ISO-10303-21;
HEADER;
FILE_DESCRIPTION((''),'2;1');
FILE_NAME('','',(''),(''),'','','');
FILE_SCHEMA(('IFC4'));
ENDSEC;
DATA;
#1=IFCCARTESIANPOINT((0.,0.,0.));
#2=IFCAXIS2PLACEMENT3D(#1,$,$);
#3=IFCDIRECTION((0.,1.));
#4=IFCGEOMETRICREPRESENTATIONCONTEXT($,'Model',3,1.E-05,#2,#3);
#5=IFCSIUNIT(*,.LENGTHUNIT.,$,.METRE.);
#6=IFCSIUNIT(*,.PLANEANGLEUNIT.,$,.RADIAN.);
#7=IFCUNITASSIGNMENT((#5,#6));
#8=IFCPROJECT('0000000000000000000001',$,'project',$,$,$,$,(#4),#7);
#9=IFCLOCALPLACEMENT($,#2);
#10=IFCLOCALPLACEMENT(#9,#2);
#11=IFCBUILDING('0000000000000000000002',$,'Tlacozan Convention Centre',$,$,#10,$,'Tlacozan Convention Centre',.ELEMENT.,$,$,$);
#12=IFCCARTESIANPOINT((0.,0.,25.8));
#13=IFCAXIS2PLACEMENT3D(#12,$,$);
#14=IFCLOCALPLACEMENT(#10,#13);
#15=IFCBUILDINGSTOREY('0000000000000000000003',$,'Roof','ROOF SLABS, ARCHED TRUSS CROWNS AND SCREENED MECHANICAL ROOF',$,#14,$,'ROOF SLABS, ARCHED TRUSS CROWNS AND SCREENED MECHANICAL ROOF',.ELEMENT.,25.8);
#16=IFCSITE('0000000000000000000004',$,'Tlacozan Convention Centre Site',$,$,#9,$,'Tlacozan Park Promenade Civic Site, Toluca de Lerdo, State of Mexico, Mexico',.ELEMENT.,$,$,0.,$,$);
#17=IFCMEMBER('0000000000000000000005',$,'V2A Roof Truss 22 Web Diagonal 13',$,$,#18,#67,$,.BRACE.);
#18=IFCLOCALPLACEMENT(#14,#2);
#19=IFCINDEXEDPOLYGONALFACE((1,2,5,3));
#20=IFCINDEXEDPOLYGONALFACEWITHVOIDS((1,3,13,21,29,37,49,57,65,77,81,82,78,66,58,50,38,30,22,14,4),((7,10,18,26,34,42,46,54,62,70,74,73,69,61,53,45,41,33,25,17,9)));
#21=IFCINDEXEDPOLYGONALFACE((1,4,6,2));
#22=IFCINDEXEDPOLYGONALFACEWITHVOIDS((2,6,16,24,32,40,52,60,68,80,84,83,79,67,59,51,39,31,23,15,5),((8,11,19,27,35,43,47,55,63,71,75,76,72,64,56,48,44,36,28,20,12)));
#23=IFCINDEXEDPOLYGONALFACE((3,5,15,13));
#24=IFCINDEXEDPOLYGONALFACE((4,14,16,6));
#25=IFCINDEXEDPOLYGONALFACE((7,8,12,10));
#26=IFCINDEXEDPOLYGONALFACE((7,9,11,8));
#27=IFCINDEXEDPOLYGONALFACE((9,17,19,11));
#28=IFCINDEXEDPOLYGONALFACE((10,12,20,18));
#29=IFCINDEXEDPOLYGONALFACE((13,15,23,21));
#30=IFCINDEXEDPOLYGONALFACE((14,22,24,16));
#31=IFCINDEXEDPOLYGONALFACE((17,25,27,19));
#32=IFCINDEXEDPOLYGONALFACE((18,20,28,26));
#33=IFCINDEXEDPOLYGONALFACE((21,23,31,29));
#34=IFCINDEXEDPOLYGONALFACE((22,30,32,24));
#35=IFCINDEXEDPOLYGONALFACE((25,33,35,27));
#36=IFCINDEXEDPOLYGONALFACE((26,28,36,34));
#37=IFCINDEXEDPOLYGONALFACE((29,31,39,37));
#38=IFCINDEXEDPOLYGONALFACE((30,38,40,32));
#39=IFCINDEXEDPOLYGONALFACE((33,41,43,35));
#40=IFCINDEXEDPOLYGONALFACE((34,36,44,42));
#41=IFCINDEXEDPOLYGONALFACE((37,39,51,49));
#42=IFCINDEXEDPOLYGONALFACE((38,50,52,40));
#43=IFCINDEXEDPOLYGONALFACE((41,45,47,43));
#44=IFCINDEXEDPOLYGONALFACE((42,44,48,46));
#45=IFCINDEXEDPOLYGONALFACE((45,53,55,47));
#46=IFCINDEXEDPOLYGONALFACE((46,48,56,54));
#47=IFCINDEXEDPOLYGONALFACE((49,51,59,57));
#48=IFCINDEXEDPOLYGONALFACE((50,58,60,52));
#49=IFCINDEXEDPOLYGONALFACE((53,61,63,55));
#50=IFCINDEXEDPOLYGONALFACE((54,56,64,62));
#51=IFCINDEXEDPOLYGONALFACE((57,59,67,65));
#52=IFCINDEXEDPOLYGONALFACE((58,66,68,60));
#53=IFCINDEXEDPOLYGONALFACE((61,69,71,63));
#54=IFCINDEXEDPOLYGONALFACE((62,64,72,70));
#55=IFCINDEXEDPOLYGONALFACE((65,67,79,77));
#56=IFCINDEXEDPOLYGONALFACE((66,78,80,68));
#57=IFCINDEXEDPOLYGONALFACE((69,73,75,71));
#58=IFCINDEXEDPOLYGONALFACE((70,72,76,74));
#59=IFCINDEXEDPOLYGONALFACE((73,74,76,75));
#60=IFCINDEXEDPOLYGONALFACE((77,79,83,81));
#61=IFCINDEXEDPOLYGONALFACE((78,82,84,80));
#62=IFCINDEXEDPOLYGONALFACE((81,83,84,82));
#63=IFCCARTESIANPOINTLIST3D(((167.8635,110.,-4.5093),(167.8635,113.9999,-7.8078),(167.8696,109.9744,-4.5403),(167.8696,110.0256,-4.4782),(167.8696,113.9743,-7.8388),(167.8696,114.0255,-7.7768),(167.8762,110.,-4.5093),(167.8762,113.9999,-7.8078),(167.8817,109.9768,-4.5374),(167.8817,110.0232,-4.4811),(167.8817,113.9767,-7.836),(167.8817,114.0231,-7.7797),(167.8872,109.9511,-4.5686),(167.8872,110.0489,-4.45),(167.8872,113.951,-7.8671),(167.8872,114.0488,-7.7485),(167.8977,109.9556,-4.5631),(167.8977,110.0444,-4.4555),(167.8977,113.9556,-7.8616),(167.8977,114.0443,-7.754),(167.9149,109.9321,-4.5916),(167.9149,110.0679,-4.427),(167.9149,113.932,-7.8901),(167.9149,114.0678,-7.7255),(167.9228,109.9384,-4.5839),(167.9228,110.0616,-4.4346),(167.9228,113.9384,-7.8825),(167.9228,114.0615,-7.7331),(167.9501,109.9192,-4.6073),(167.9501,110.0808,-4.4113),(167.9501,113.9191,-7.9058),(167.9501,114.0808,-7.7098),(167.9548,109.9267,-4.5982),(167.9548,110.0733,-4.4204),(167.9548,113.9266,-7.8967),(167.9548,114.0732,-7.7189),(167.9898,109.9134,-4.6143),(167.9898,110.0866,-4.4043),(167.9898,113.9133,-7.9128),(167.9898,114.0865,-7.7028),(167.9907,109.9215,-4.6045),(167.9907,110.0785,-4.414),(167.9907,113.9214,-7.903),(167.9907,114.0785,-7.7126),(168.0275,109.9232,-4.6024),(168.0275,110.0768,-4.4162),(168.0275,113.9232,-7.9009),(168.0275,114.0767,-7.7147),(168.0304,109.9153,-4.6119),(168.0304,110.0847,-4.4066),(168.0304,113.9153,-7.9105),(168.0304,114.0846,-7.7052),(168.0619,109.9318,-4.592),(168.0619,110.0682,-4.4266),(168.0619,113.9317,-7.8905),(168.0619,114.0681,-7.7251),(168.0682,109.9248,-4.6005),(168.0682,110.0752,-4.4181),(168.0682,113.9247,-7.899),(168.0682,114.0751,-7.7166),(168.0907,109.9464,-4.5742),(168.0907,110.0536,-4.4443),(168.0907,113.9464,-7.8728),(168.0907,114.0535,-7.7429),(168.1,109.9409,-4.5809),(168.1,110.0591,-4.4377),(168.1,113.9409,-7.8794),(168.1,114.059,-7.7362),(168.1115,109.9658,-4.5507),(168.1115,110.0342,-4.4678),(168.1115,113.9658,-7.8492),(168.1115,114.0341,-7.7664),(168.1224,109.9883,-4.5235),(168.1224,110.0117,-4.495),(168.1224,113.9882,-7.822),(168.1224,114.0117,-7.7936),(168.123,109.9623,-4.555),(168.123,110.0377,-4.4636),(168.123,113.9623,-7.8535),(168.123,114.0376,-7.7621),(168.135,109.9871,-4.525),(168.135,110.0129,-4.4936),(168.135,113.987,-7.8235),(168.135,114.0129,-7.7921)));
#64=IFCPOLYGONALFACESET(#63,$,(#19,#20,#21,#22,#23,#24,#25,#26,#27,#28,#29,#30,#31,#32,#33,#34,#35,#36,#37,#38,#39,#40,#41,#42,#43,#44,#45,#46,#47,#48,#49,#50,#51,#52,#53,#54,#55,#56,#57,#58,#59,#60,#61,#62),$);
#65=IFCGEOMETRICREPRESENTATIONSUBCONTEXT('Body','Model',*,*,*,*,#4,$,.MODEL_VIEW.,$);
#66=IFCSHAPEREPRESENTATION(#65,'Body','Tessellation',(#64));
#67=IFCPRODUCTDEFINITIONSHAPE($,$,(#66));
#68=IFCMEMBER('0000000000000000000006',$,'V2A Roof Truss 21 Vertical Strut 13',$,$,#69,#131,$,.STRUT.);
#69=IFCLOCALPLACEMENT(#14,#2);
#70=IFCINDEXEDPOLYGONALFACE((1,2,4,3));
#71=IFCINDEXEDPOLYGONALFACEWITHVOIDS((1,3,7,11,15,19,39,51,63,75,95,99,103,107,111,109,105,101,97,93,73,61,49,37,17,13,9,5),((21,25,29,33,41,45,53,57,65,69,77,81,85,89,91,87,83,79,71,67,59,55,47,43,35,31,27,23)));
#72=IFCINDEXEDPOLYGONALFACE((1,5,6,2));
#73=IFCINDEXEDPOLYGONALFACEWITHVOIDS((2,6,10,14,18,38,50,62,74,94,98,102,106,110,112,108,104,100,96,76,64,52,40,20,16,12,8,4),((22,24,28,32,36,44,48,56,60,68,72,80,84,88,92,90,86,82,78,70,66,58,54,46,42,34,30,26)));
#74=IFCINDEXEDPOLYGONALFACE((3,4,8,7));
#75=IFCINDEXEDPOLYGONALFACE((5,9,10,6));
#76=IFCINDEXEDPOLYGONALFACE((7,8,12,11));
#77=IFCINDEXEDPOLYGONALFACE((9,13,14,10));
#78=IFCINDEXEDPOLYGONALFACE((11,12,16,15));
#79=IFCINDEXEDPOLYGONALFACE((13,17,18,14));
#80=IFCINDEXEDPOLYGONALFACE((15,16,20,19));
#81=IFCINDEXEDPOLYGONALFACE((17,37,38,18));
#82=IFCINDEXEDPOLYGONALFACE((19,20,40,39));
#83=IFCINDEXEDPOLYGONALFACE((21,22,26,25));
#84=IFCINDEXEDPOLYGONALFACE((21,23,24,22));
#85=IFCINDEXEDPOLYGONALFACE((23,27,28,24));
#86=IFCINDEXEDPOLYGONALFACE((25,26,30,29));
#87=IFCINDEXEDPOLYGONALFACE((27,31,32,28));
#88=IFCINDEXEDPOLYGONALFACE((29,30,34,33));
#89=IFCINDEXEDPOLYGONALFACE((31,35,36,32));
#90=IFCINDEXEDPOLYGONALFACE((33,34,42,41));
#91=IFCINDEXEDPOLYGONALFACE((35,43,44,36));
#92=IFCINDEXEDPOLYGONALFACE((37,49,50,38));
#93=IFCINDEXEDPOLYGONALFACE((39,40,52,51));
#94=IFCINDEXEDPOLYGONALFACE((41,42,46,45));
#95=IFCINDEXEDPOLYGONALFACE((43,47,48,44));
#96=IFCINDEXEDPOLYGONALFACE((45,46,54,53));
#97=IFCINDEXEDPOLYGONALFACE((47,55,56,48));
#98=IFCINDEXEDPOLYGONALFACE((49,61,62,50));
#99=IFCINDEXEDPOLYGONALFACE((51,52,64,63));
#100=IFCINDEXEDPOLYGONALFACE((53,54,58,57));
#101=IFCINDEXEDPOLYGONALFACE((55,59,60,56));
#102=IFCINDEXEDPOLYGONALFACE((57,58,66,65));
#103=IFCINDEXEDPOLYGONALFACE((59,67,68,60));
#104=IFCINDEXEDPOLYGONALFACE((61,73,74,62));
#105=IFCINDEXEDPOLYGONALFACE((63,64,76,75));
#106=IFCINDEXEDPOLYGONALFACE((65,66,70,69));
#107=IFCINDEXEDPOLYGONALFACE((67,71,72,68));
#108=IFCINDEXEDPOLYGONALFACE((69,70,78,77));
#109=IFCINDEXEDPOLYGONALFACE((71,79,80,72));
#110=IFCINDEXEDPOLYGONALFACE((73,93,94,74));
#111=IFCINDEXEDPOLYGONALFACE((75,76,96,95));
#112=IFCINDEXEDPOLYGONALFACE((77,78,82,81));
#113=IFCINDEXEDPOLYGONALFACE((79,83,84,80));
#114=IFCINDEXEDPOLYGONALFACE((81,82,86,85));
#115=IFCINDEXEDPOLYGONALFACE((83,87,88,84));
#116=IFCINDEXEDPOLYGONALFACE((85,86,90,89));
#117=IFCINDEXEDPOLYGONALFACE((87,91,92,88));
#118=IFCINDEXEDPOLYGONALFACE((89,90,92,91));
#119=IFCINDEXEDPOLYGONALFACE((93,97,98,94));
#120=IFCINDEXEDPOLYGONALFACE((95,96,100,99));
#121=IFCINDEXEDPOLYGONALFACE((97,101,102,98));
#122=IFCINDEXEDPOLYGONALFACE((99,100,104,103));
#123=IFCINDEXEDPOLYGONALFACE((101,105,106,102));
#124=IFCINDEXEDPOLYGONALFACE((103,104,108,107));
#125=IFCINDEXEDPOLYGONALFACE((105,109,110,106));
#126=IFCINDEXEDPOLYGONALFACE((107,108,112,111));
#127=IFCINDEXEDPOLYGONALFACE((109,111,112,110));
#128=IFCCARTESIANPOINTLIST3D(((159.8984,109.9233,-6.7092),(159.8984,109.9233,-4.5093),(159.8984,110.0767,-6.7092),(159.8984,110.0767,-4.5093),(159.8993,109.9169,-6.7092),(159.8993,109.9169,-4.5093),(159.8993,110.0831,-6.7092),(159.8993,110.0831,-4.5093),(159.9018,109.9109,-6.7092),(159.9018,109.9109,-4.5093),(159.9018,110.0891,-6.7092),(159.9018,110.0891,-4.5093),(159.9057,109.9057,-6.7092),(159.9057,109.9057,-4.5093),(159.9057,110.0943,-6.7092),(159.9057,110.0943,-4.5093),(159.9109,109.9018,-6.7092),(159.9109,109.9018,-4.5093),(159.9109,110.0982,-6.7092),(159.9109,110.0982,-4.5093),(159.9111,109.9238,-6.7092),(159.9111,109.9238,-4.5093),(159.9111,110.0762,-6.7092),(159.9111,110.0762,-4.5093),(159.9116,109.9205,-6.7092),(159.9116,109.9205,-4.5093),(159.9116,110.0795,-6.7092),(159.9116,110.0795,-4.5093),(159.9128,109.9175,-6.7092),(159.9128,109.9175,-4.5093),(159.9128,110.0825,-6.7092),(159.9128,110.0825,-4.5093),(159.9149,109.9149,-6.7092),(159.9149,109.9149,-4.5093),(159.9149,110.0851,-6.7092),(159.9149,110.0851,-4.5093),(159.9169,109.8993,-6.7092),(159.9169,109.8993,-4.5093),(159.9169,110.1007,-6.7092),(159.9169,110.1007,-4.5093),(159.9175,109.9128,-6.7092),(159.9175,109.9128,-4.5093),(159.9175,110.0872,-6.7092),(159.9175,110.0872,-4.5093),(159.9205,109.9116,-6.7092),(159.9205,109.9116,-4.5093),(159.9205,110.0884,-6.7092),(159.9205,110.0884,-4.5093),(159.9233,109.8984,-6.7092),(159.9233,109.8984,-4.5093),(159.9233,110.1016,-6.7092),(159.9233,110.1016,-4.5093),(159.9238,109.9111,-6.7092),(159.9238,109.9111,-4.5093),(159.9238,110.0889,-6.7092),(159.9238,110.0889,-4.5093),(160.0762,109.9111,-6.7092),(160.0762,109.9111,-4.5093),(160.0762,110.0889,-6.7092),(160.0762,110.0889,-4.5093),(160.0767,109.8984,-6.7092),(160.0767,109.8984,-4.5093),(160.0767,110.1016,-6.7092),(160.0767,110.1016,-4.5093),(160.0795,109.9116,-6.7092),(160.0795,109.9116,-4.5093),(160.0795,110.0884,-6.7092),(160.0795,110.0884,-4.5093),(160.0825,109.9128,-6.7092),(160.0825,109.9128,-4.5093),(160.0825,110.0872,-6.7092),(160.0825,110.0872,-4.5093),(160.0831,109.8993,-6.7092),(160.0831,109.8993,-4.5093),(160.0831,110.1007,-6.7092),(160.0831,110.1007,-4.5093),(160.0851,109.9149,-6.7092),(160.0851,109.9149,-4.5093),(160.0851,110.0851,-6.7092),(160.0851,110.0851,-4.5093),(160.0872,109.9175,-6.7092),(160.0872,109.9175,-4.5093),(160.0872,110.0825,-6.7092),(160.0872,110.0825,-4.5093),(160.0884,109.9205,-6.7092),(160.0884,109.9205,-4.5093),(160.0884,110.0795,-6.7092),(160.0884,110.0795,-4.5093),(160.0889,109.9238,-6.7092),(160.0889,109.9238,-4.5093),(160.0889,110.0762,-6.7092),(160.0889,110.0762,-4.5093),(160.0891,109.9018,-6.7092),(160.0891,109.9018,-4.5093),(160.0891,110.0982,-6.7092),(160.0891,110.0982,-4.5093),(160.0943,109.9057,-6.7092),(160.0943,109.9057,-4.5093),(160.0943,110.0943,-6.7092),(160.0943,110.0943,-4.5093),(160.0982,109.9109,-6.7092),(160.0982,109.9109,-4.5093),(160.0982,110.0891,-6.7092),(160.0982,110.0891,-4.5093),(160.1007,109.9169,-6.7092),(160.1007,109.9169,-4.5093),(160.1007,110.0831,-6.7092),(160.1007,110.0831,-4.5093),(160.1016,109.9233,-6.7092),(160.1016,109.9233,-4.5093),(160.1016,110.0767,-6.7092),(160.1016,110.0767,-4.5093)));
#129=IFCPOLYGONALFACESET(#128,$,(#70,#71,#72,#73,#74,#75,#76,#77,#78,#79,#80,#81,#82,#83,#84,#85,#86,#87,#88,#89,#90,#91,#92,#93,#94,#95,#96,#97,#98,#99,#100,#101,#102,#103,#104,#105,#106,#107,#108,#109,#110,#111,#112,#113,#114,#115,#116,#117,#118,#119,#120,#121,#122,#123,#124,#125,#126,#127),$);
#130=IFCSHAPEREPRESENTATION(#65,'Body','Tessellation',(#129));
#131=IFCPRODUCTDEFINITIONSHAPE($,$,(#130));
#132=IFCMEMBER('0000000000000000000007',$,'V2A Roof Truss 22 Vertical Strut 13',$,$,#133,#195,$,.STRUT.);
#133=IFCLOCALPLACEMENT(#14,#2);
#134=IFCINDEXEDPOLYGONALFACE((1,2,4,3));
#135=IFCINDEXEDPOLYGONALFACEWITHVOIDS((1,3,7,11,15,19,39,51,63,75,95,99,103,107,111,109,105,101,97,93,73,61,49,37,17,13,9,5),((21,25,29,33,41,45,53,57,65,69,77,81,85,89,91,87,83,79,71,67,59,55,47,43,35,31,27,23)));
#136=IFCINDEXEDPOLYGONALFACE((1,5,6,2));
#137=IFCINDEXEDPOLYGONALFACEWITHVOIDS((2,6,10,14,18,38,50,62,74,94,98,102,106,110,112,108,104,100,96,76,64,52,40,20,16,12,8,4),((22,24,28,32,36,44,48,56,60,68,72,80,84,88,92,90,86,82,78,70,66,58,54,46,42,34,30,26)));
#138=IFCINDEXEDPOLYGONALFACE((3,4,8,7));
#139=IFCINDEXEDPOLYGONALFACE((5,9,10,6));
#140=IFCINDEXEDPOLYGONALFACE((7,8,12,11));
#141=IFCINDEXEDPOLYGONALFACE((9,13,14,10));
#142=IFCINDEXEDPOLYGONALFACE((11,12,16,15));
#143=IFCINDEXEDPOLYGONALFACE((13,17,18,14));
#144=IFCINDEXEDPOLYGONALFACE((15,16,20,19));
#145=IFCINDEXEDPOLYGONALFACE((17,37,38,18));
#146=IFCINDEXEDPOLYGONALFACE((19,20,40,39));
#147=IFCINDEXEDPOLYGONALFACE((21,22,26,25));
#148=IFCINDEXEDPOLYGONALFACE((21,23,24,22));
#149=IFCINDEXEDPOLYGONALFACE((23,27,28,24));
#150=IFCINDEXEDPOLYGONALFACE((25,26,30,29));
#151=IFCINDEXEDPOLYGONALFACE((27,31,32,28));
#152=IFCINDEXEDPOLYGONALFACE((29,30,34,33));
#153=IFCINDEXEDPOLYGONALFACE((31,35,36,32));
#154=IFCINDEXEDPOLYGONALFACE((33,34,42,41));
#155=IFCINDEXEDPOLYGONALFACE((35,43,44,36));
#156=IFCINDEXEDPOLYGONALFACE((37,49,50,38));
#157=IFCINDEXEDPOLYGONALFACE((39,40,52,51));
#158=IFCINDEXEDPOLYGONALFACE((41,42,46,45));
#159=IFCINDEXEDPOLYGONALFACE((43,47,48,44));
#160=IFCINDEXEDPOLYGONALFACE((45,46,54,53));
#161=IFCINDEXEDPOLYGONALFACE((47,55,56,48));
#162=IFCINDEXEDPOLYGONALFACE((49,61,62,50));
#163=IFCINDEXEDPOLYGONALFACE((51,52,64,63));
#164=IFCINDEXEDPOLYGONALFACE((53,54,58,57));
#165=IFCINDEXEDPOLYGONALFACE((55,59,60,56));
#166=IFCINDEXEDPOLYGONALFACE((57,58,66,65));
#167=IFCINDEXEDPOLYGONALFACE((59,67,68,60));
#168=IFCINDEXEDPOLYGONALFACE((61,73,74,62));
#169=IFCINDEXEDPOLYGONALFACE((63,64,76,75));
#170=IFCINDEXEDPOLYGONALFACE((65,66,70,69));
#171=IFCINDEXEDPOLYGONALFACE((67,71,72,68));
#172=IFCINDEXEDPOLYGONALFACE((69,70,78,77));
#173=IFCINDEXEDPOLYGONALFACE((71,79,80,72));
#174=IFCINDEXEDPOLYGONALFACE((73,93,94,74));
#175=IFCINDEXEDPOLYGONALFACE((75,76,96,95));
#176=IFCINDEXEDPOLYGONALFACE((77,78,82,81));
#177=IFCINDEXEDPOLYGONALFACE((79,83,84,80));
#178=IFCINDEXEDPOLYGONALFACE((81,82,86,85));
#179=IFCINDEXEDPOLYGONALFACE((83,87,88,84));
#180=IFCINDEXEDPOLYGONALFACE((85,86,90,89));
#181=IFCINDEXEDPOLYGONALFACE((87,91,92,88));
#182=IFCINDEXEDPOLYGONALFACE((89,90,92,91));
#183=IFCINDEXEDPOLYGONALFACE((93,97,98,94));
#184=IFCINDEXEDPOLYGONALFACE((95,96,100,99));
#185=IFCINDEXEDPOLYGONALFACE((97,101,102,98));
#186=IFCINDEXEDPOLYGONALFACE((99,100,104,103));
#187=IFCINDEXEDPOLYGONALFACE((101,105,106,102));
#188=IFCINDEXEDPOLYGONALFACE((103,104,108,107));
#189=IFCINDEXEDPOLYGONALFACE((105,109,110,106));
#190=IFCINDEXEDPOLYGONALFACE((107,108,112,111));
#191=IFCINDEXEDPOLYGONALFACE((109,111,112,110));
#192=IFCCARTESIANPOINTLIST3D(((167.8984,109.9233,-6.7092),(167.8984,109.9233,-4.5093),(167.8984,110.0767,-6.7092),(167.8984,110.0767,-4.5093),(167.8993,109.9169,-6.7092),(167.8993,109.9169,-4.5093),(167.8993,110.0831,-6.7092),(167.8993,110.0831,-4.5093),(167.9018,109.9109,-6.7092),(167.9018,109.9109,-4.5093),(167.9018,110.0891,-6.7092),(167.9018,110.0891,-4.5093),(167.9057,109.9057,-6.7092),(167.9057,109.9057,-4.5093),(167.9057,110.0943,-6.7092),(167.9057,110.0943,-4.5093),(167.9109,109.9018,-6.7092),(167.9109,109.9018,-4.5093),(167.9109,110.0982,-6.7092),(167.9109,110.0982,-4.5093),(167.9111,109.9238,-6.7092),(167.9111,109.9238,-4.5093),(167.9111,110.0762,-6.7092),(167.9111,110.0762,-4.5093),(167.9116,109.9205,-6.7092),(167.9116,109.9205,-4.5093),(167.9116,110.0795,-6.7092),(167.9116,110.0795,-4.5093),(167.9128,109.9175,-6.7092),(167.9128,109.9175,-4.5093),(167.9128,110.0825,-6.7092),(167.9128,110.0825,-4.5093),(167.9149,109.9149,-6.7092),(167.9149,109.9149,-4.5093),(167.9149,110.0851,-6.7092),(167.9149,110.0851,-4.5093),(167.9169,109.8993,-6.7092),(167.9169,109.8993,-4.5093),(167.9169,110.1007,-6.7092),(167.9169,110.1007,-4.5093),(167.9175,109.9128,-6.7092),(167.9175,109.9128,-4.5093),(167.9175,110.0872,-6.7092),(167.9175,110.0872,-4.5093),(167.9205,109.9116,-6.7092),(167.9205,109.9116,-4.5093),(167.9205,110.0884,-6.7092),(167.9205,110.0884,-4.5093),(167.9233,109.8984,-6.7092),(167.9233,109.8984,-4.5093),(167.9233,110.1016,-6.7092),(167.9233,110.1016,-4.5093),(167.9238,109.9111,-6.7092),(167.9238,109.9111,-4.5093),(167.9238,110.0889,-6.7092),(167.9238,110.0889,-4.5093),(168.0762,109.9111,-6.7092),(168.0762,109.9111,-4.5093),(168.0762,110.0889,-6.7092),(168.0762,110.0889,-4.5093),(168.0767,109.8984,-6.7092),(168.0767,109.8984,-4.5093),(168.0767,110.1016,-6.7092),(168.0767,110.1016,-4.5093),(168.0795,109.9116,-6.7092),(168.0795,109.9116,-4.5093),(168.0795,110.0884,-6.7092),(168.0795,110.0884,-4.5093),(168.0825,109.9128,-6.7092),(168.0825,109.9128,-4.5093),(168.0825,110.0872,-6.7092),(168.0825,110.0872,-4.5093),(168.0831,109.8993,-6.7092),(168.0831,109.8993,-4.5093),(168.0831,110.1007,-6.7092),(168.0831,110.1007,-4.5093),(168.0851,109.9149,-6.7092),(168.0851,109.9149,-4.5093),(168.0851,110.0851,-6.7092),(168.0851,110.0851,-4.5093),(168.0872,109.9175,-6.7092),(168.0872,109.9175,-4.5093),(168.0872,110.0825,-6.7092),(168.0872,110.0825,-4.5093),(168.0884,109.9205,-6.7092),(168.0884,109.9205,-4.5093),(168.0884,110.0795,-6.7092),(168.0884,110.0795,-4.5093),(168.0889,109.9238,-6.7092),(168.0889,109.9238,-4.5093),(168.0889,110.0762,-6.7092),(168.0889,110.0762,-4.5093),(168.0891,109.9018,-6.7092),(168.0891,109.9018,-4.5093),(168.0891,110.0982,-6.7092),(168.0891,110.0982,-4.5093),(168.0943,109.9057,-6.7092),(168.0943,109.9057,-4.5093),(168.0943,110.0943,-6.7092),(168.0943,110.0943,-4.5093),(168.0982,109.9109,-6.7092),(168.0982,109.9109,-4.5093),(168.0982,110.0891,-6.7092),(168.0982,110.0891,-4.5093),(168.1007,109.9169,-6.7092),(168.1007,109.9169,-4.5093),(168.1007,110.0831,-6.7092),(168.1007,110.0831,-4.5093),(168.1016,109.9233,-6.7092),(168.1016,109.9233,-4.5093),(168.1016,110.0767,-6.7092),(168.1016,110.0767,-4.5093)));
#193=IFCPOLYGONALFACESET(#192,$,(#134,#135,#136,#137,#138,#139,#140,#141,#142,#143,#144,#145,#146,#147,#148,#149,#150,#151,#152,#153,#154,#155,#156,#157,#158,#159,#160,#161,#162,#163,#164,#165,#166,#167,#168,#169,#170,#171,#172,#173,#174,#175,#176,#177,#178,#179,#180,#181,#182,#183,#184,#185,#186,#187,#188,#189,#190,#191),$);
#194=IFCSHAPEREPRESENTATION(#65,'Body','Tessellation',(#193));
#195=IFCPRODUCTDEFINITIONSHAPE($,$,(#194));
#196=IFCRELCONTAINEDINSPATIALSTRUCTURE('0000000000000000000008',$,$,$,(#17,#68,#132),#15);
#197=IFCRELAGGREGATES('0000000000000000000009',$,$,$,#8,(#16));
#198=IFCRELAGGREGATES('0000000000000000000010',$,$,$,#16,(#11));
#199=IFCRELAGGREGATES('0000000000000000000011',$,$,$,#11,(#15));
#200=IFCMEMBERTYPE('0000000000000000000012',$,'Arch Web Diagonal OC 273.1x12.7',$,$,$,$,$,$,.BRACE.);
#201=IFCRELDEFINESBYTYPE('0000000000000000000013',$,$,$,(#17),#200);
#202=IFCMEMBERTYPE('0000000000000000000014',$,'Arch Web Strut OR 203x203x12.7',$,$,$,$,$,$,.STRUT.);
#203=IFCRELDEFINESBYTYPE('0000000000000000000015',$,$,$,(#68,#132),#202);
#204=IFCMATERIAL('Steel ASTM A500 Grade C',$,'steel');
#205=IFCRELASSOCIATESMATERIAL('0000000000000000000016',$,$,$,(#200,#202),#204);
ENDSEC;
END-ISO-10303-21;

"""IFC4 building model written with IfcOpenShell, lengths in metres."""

from ifc_helpers import new_model, si_unit, direction, frame, origin, origin_2d, place, context, subcontext, project, spatial, hollow_rectangle, hollow_circle, extrude, material, material_profile, profile_set, type_object, element, save


model = new_model("IFC4")

# Units and contexts
model_context = context("Model", 3, precision=1e-05, world=origin(), true_north=direction((0.0, 1.0)))
body_context = subcontext(model_context, "Body", "Model", "MODEL_VIEW")
ifc_project = project(units=[si_unit("LENGTHUNIT", "METRE"), si_unit("PLANEANGLEUNIT", "RADIAN")], contexts=[model_context])

# Site, building, storey
site_placement = place(None, origin())
site = spatial("IfcSite", under=ifc_project, at=site_placement, Name="Tlacozan Convention Centre Site", LongName="Tlacozan Park Promenade Civic Site, Toluca de Lerdo, State of Mexico, Mexico", CompositionType="ELEMENT", RefElevation=0.0)
building_placement = place(site_placement, origin())
building = spatial("IfcBuilding", under=site, at=building_placement, Name="Tlacozan Convention Centre", LongName="Tlacozan Convention Centre", CompositionType="ELEMENT")
storey_placement = place(building_placement, frame((0.0, 0.0, 25.8)))
storey = spatial("IfcBuildingStorey", under=building, at=storey_placement, Name="Roof", Description="ROOF SLABS, ARCHED TRUSS CROWNS AND SCREENED MECHANICAL ROOF", LongName="ROOF SLABS, ARCHED TRUSS CROWNS AND SCREENED MECHANICAL ROOF", CompositionType="ELEMENT", Elevation=25.8)

# Members
ifc_material_1 = material(Name="Steel ASTM A500 Grade C", Category="steel")
ifc_material_profile_1 = material_profile(ifc_material_1, hollow_circle(Radius=0.1365, WallThickness=0.0127, at=origin_2d()), Name="OC 273.1x12.7")
ifc_profile_set_1 = profile_set([ifc_material_profile_1], Name="Steel ASTM A500 Grade C")
member_type_1 = type_object("IfcMemberType", Name="Arch Web Diagonal OC 273.1x12.7", PredefinedType="BRACE", material=ifc_profile_set_1)
member_1_placement = place(storey_placement, frame((168.0, 110.0, -4.5093), z_axis=(0.0, 0.771507, -0.63622), x_axis=(-1.0, 0.0, 0.0)))
element("IfcMember", 1, at=member_1_placement, inside=storey, type_object=member_type_1, Name="V2A Roof Truss 22 Web Diagonal 13", PredefinedType="BRACE", context=body_context, shape_type="SweptSolid", body=[
    extrude(hollow_circle(Radius=0.1365, WallThickness=0.0127, at=origin_2d()), origin(), (0.0, 0.0, 1.0), 5.1846),
])
ifc_material_profile_2 = material_profile(ifc_material_1, hollow_rectangle(XDim=0.2031, YDim=0.2031, WallThickness=0.0127, InnerFilletRadius=0.0127, OuterFilletRadius=0.0249, at=origin_2d()), Name="OR 203x203x12.7")
ifc_profile_set_2 = profile_set([ifc_material_profile_2], Name="Steel ASTM A500 Grade C")
member_type_2 = type_object("IfcMemberType", Name="Arch Web Strut OR 203x203x12.7", PredefinedType="STRUT", material=ifc_profile_set_2)
for number, where, z_axis, x_axis, name in (
    (2, (160.0, 110.0, -6.7092), (0.0, 0.0, 1.0), (1.0, 0.0, 0.0), "V2A Roof Truss 21 Vertical Strut 13"),
    (3, (168.0, 110.0, -6.7092), (0.0, 0.0, 1.0), (1.0, 0.0, 0.0), "V2A Roof Truss 22 Vertical Strut 13"),
):
    element("IfcMember", number, at=place(storey_placement, frame(where, z_axis=z_axis, x_axis=x_axis)), inside=storey, type_object=member_type_2, Name=name, PredefinedType="STRUT", context=body_context, shape_type="SweptSolid", body=[
        extrude(hollow_rectangle(XDim=0.2031, YDim=0.2031, WallThickness=0.0127, InnerFilletRadius=0.0127, OuterFilletRadius=0.0249, at=origin_2d()), origin(), (0.0, 0.0, 1.0), 2.2),
    ])

save(model, "model.ifc")
